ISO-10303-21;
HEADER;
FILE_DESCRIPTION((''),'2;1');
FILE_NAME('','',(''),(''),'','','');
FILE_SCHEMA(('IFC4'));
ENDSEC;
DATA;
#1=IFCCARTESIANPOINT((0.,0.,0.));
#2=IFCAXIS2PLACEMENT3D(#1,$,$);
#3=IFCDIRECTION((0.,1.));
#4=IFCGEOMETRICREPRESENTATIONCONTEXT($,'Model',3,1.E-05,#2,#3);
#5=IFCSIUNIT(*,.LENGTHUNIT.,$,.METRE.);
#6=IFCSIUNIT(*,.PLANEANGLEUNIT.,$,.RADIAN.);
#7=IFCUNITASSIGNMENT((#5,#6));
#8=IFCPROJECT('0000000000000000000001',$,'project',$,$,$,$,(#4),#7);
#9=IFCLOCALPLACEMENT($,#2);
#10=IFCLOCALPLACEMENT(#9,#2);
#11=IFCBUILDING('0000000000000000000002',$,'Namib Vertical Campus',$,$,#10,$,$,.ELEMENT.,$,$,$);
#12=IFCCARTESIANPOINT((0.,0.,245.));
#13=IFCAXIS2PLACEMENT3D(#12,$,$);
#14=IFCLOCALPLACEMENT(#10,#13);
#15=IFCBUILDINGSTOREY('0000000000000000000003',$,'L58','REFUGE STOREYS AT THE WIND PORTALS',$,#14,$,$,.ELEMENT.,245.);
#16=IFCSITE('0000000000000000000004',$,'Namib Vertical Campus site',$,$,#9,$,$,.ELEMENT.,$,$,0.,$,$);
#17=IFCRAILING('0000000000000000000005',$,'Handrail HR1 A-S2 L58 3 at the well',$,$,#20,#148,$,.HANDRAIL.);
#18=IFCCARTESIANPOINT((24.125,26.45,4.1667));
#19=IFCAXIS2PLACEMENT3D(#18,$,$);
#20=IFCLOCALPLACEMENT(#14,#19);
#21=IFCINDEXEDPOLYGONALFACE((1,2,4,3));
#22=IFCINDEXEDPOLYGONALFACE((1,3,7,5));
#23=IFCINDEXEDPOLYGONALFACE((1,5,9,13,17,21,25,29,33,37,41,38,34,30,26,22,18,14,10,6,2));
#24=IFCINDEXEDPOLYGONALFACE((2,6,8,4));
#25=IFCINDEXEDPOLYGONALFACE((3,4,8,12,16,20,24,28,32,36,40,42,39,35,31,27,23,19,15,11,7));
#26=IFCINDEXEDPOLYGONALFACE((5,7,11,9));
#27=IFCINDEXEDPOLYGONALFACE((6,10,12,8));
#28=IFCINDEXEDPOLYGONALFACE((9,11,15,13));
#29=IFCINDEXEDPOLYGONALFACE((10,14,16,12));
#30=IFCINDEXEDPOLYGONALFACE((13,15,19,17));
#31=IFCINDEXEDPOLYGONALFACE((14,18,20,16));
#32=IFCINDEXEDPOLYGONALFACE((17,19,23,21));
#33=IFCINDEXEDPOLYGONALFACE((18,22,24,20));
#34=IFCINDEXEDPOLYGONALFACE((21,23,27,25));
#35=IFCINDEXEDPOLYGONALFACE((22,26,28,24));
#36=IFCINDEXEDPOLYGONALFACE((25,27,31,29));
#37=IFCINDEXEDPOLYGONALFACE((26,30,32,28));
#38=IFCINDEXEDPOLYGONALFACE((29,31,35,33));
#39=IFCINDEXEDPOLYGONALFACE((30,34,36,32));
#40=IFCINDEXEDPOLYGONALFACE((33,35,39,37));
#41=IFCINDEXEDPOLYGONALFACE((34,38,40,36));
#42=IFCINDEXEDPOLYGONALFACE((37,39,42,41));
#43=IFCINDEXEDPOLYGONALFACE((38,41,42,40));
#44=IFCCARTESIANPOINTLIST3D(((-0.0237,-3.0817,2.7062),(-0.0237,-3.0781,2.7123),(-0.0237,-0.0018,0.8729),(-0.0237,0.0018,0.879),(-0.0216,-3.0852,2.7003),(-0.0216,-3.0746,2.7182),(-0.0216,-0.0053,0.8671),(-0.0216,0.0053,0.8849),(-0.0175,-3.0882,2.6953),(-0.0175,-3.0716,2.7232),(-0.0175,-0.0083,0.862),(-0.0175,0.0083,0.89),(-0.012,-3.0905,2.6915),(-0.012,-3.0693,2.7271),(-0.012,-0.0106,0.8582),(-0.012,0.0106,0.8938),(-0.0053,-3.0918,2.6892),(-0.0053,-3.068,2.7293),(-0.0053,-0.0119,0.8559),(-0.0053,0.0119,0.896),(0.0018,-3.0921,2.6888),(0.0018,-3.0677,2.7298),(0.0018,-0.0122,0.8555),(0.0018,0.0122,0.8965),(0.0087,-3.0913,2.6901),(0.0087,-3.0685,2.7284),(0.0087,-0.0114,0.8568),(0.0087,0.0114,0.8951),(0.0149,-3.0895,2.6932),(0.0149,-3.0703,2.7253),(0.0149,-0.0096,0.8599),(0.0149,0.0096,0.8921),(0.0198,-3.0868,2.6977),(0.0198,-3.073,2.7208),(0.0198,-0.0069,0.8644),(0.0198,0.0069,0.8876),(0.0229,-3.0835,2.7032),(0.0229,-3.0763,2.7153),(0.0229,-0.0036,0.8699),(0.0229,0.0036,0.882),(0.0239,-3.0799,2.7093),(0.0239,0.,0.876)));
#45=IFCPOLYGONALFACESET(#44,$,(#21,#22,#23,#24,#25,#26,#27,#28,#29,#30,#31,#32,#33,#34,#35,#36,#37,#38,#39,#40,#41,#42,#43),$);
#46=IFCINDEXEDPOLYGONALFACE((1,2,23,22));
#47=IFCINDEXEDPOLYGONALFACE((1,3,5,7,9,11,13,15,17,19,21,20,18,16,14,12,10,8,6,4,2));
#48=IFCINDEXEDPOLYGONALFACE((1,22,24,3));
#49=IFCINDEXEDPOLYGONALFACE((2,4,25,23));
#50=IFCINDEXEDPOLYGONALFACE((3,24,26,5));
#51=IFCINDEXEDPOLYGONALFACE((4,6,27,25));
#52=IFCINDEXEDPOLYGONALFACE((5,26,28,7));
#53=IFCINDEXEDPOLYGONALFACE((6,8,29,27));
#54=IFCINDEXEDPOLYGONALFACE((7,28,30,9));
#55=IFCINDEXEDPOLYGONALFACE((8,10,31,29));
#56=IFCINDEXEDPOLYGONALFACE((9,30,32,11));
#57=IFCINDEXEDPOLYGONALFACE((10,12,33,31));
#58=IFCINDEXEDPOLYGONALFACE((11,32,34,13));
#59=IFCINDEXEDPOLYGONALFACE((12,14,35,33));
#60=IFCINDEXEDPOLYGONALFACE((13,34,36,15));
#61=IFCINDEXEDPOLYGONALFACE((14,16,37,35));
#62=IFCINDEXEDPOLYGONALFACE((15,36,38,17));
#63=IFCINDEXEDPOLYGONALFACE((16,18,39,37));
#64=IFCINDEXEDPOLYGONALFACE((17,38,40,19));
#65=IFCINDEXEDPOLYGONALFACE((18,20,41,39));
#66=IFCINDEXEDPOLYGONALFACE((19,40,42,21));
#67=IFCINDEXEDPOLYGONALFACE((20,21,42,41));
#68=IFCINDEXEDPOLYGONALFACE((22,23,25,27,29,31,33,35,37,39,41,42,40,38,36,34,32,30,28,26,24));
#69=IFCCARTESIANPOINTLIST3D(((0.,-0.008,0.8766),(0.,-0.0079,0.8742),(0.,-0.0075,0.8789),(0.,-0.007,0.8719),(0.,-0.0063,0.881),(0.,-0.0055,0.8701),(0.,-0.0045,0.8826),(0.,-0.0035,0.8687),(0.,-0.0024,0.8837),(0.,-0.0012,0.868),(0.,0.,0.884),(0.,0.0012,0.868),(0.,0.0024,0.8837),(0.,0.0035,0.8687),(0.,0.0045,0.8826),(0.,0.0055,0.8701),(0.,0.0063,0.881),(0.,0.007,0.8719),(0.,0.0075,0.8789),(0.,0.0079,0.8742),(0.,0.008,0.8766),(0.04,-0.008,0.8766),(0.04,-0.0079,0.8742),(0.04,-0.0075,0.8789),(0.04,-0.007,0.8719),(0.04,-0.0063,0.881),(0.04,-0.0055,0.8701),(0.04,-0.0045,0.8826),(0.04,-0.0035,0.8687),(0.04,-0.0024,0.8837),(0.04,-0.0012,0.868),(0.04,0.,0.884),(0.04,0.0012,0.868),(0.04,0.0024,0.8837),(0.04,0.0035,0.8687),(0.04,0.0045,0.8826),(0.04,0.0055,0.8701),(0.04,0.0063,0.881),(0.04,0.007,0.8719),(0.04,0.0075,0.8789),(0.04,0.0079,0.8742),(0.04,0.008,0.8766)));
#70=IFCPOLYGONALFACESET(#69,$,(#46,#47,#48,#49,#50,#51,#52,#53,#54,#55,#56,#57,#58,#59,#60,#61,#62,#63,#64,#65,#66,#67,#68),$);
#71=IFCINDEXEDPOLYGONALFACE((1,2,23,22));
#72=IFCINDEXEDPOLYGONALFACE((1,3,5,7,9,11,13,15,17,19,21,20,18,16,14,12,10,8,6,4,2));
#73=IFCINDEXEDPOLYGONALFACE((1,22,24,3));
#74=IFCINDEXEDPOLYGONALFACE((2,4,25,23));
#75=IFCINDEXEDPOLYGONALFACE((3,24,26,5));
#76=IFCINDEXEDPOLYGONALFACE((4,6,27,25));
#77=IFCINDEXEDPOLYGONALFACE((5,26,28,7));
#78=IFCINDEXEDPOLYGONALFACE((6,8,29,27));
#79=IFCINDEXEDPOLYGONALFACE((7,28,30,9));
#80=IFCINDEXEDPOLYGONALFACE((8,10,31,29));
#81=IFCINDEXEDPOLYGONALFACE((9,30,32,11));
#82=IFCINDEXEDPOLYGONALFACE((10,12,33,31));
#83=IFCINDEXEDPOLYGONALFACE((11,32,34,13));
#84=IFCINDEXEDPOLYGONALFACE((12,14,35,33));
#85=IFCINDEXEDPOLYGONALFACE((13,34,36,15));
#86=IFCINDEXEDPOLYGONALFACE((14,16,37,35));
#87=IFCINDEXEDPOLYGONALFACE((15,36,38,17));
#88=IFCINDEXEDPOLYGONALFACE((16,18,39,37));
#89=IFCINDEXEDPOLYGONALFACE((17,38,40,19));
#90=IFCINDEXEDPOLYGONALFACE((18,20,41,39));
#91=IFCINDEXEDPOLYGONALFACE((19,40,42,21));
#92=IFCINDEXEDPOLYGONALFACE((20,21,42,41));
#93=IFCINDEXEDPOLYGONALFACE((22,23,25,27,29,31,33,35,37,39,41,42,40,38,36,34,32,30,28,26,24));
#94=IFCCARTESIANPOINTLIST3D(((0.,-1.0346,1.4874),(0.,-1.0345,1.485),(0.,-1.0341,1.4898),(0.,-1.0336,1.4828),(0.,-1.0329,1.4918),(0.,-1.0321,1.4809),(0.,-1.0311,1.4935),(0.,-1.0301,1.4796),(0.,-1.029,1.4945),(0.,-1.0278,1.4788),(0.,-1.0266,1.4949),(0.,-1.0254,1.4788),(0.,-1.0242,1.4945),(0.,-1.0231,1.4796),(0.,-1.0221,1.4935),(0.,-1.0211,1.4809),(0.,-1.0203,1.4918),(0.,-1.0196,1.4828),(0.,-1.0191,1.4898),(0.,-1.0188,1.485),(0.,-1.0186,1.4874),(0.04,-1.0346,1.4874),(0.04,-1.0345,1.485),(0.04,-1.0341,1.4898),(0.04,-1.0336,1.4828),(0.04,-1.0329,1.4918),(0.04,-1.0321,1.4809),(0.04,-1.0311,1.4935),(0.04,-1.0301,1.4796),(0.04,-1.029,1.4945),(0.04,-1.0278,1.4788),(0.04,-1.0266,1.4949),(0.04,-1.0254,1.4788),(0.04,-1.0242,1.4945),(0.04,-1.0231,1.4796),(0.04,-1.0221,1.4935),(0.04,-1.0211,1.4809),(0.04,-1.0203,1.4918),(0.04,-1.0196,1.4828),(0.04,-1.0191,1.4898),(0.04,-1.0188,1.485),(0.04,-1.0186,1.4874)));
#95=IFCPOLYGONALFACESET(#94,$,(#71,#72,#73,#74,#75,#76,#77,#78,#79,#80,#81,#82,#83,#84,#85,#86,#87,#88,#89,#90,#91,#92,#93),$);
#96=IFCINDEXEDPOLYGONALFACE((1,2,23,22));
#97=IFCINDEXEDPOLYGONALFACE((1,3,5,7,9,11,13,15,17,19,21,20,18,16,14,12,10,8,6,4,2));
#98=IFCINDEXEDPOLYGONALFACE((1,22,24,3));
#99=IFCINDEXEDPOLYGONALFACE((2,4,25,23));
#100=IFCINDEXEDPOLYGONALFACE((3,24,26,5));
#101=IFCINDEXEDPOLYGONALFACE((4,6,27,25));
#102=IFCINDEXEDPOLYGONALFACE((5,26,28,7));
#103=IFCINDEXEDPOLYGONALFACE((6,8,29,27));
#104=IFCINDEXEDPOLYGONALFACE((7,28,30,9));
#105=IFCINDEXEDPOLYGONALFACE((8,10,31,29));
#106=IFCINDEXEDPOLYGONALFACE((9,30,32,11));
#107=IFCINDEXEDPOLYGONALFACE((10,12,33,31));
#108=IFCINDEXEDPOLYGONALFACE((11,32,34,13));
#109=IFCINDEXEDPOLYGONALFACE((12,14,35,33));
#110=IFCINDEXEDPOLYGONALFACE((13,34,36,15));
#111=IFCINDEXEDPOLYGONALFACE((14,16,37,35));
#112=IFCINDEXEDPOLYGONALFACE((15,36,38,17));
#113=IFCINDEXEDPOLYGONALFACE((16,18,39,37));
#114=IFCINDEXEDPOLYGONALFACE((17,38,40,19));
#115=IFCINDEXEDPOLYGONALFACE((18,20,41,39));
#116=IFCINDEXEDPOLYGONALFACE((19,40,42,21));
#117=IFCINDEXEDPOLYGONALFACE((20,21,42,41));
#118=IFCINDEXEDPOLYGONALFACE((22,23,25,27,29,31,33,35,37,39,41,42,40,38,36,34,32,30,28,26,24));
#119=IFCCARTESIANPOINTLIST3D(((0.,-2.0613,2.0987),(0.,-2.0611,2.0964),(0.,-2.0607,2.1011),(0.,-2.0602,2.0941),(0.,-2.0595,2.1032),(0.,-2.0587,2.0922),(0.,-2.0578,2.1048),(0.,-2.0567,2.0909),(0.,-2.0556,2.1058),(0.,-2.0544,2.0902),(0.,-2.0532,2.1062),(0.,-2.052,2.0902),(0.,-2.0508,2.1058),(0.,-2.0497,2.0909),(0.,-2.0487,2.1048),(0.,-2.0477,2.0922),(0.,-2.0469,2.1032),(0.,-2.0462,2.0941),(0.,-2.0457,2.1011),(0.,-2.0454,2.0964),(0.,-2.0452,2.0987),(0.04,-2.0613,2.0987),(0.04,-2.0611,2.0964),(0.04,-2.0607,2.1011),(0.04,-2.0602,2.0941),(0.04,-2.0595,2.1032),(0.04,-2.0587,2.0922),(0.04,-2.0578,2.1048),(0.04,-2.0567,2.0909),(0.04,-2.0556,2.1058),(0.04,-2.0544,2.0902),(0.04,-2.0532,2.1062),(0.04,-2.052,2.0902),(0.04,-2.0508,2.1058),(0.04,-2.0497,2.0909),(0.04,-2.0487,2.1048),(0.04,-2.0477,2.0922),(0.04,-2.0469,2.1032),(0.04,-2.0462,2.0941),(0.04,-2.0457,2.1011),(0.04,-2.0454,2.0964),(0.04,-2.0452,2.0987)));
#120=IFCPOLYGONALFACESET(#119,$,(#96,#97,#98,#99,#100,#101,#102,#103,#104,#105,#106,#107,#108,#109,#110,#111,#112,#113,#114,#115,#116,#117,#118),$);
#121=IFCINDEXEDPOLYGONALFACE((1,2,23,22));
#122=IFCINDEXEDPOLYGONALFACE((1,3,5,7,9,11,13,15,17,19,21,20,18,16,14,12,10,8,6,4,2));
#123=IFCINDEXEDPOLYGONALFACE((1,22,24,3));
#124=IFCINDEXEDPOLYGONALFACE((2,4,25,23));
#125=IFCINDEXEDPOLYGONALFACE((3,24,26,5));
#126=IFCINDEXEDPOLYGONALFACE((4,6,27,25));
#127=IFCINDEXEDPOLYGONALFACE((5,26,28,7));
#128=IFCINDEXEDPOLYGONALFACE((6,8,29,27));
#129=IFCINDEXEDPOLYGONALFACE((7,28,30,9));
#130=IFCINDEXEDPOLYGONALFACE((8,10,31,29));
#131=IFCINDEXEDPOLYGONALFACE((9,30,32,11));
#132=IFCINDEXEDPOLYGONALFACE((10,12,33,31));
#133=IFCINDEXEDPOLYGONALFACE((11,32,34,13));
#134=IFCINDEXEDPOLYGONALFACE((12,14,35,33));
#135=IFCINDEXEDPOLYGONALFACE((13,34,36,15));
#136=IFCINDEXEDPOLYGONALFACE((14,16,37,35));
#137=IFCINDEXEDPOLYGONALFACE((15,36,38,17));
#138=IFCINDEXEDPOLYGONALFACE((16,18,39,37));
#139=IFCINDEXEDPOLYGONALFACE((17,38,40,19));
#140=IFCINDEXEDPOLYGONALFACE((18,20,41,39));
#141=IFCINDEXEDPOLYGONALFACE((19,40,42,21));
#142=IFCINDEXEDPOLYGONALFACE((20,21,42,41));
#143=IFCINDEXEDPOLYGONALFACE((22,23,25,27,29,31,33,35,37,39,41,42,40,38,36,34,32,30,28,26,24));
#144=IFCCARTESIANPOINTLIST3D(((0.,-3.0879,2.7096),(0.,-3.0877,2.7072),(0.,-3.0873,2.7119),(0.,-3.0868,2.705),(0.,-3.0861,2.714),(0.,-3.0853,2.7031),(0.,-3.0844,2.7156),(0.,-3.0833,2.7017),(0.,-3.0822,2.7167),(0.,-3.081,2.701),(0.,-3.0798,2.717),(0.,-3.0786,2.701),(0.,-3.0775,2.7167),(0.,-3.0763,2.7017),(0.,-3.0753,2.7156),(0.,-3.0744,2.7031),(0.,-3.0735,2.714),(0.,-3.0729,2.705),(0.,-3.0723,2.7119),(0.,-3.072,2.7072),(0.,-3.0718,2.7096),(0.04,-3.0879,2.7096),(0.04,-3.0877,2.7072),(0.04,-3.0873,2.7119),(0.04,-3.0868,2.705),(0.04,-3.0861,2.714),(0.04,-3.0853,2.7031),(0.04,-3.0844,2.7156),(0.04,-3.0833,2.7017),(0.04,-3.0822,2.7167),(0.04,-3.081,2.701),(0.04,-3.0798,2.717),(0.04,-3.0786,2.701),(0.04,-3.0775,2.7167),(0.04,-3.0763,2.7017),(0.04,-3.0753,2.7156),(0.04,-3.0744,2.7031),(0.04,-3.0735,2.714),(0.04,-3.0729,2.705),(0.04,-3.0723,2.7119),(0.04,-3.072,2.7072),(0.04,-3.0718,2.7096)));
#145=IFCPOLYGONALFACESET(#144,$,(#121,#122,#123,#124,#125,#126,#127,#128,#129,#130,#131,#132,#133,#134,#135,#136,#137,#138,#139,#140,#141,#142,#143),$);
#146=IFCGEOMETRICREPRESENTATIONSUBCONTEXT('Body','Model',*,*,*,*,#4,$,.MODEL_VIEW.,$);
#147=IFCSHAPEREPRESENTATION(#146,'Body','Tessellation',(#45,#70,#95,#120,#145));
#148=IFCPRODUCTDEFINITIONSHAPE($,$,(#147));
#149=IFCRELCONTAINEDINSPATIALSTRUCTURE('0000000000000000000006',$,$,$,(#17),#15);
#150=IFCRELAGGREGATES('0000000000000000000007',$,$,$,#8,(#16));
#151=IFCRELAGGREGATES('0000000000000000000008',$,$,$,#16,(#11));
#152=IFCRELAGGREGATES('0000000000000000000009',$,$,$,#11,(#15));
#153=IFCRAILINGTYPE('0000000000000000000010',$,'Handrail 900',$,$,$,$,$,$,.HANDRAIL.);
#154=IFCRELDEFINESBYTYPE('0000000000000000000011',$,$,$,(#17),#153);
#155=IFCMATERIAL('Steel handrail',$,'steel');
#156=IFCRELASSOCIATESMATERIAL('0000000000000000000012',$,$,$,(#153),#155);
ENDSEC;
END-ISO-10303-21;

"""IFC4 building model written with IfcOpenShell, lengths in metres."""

from ifc_helpers import new_model, si_unit, direction, frame, origin, origin_2d, place, context, subcontext, project, spatial, circle, extrude, material, type_object, element, save


model = new_model("IFC4")

# Units and contexts
model_context = context("Model", 3, precision=1e-05, world=origin(), true_north=direction((0.0, 1.0)))
body_context = subcontext(model_context, "Body", "Model", "MODEL_VIEW")
ifc_project = project(units=[si_unit("LENGTHUNIT", "METRE"), si_unit("PLANEANGLEUNIT", "RADIAN")], contexts=[model_context])

# Site, building, storey
site_placement = place(None, origin())
site = spatial("IfcSite", under=ifc_project, at=site_placement, Name="Namib Vertical Campus site", CompositionType="ELEMENT", RefElevation=0.0)
building_placement = place(site_placement, origin())
building = spatial("IfcBuilding", under=site, at=building_placement, Name="Namib Vertical Campus", CompositionType="ELEMENT")
storey_placement = place(building_placement, frame((0.0, 0.0, 245.0)))
storey = spatial("IfcBuildingStorey", under=building, at=storey_placement, Name="L58", Description="REFUGE STOREYS AT THE WIND PORTALS", CompositionType="ELEMENT", Elevation=245.0)

# Railing
ifc_material_1 = material(Name="Steel handrail", Category="steel")
railing_type_1 = type_object("IfcRailingType", Name="Handrail 900", PredefinedType="HANDRAIL", material=ifc_material_1)
railing_1_placement = place(storey_placement, frame((24.125, 26.45, 4.1667)))
element("IfcRailing", 1, at=railing_1_placement, inside=storey, type_object=railing_type_1, Name="Handrail HR1 A-S2 L58 3 at the well", PredefinedType="HANDRAIL", context=body_context, shape_type="SweptSolid", body=[
    extrude(circle(Radius=0.0239, at=origin_2d()), frame((0.0, 0.0, 0.876), z_axis=(0.0, -0.859291, 0.511487), x_axis=(1.0, 0.0, 0.0)), (0.0, 0.0, 1.0), 3.5842),
    extrude(circle(Radius=0.0081, at=origin_2d()), frame((0.0, 0.0, 0.876), z_axis=(1.0, 0.0, 0.0), x_axis=(0.0, 0.0, 1.0)), (0.0, 0.0, 1.0), 0.04),
    extrude(circle(Radius=0.0081, at=origin_2d()), frame((0.0, -1.0266, 1.4868), z_axis=(1.0, 0.0, 0.0), x_axis=(0.0, 0.0, 1.0)), (0.0, 0.0, 1.0), 0.04),
    extrude(circle(Radius=0.0081, at=origin_2d()), frame((0.0, -2.0532, 2.0981), z_axis=(1.0, 0.0, 0.0), x_axis=(0.0, 0.0, 1.0)), (0.0, 0.0, 1.0), 0.04),
    extrude(circle(Radius=0.0081, at=origin_2d()), frame((0.0, -3.0798, 2.709), z_axis=(1.0, 0.0, 0.0), x_axis=(0.0, 0.0, 1.0)), (0.0, 0.0, 1.0), 0.04),
])

save(model, "model.ifc")
